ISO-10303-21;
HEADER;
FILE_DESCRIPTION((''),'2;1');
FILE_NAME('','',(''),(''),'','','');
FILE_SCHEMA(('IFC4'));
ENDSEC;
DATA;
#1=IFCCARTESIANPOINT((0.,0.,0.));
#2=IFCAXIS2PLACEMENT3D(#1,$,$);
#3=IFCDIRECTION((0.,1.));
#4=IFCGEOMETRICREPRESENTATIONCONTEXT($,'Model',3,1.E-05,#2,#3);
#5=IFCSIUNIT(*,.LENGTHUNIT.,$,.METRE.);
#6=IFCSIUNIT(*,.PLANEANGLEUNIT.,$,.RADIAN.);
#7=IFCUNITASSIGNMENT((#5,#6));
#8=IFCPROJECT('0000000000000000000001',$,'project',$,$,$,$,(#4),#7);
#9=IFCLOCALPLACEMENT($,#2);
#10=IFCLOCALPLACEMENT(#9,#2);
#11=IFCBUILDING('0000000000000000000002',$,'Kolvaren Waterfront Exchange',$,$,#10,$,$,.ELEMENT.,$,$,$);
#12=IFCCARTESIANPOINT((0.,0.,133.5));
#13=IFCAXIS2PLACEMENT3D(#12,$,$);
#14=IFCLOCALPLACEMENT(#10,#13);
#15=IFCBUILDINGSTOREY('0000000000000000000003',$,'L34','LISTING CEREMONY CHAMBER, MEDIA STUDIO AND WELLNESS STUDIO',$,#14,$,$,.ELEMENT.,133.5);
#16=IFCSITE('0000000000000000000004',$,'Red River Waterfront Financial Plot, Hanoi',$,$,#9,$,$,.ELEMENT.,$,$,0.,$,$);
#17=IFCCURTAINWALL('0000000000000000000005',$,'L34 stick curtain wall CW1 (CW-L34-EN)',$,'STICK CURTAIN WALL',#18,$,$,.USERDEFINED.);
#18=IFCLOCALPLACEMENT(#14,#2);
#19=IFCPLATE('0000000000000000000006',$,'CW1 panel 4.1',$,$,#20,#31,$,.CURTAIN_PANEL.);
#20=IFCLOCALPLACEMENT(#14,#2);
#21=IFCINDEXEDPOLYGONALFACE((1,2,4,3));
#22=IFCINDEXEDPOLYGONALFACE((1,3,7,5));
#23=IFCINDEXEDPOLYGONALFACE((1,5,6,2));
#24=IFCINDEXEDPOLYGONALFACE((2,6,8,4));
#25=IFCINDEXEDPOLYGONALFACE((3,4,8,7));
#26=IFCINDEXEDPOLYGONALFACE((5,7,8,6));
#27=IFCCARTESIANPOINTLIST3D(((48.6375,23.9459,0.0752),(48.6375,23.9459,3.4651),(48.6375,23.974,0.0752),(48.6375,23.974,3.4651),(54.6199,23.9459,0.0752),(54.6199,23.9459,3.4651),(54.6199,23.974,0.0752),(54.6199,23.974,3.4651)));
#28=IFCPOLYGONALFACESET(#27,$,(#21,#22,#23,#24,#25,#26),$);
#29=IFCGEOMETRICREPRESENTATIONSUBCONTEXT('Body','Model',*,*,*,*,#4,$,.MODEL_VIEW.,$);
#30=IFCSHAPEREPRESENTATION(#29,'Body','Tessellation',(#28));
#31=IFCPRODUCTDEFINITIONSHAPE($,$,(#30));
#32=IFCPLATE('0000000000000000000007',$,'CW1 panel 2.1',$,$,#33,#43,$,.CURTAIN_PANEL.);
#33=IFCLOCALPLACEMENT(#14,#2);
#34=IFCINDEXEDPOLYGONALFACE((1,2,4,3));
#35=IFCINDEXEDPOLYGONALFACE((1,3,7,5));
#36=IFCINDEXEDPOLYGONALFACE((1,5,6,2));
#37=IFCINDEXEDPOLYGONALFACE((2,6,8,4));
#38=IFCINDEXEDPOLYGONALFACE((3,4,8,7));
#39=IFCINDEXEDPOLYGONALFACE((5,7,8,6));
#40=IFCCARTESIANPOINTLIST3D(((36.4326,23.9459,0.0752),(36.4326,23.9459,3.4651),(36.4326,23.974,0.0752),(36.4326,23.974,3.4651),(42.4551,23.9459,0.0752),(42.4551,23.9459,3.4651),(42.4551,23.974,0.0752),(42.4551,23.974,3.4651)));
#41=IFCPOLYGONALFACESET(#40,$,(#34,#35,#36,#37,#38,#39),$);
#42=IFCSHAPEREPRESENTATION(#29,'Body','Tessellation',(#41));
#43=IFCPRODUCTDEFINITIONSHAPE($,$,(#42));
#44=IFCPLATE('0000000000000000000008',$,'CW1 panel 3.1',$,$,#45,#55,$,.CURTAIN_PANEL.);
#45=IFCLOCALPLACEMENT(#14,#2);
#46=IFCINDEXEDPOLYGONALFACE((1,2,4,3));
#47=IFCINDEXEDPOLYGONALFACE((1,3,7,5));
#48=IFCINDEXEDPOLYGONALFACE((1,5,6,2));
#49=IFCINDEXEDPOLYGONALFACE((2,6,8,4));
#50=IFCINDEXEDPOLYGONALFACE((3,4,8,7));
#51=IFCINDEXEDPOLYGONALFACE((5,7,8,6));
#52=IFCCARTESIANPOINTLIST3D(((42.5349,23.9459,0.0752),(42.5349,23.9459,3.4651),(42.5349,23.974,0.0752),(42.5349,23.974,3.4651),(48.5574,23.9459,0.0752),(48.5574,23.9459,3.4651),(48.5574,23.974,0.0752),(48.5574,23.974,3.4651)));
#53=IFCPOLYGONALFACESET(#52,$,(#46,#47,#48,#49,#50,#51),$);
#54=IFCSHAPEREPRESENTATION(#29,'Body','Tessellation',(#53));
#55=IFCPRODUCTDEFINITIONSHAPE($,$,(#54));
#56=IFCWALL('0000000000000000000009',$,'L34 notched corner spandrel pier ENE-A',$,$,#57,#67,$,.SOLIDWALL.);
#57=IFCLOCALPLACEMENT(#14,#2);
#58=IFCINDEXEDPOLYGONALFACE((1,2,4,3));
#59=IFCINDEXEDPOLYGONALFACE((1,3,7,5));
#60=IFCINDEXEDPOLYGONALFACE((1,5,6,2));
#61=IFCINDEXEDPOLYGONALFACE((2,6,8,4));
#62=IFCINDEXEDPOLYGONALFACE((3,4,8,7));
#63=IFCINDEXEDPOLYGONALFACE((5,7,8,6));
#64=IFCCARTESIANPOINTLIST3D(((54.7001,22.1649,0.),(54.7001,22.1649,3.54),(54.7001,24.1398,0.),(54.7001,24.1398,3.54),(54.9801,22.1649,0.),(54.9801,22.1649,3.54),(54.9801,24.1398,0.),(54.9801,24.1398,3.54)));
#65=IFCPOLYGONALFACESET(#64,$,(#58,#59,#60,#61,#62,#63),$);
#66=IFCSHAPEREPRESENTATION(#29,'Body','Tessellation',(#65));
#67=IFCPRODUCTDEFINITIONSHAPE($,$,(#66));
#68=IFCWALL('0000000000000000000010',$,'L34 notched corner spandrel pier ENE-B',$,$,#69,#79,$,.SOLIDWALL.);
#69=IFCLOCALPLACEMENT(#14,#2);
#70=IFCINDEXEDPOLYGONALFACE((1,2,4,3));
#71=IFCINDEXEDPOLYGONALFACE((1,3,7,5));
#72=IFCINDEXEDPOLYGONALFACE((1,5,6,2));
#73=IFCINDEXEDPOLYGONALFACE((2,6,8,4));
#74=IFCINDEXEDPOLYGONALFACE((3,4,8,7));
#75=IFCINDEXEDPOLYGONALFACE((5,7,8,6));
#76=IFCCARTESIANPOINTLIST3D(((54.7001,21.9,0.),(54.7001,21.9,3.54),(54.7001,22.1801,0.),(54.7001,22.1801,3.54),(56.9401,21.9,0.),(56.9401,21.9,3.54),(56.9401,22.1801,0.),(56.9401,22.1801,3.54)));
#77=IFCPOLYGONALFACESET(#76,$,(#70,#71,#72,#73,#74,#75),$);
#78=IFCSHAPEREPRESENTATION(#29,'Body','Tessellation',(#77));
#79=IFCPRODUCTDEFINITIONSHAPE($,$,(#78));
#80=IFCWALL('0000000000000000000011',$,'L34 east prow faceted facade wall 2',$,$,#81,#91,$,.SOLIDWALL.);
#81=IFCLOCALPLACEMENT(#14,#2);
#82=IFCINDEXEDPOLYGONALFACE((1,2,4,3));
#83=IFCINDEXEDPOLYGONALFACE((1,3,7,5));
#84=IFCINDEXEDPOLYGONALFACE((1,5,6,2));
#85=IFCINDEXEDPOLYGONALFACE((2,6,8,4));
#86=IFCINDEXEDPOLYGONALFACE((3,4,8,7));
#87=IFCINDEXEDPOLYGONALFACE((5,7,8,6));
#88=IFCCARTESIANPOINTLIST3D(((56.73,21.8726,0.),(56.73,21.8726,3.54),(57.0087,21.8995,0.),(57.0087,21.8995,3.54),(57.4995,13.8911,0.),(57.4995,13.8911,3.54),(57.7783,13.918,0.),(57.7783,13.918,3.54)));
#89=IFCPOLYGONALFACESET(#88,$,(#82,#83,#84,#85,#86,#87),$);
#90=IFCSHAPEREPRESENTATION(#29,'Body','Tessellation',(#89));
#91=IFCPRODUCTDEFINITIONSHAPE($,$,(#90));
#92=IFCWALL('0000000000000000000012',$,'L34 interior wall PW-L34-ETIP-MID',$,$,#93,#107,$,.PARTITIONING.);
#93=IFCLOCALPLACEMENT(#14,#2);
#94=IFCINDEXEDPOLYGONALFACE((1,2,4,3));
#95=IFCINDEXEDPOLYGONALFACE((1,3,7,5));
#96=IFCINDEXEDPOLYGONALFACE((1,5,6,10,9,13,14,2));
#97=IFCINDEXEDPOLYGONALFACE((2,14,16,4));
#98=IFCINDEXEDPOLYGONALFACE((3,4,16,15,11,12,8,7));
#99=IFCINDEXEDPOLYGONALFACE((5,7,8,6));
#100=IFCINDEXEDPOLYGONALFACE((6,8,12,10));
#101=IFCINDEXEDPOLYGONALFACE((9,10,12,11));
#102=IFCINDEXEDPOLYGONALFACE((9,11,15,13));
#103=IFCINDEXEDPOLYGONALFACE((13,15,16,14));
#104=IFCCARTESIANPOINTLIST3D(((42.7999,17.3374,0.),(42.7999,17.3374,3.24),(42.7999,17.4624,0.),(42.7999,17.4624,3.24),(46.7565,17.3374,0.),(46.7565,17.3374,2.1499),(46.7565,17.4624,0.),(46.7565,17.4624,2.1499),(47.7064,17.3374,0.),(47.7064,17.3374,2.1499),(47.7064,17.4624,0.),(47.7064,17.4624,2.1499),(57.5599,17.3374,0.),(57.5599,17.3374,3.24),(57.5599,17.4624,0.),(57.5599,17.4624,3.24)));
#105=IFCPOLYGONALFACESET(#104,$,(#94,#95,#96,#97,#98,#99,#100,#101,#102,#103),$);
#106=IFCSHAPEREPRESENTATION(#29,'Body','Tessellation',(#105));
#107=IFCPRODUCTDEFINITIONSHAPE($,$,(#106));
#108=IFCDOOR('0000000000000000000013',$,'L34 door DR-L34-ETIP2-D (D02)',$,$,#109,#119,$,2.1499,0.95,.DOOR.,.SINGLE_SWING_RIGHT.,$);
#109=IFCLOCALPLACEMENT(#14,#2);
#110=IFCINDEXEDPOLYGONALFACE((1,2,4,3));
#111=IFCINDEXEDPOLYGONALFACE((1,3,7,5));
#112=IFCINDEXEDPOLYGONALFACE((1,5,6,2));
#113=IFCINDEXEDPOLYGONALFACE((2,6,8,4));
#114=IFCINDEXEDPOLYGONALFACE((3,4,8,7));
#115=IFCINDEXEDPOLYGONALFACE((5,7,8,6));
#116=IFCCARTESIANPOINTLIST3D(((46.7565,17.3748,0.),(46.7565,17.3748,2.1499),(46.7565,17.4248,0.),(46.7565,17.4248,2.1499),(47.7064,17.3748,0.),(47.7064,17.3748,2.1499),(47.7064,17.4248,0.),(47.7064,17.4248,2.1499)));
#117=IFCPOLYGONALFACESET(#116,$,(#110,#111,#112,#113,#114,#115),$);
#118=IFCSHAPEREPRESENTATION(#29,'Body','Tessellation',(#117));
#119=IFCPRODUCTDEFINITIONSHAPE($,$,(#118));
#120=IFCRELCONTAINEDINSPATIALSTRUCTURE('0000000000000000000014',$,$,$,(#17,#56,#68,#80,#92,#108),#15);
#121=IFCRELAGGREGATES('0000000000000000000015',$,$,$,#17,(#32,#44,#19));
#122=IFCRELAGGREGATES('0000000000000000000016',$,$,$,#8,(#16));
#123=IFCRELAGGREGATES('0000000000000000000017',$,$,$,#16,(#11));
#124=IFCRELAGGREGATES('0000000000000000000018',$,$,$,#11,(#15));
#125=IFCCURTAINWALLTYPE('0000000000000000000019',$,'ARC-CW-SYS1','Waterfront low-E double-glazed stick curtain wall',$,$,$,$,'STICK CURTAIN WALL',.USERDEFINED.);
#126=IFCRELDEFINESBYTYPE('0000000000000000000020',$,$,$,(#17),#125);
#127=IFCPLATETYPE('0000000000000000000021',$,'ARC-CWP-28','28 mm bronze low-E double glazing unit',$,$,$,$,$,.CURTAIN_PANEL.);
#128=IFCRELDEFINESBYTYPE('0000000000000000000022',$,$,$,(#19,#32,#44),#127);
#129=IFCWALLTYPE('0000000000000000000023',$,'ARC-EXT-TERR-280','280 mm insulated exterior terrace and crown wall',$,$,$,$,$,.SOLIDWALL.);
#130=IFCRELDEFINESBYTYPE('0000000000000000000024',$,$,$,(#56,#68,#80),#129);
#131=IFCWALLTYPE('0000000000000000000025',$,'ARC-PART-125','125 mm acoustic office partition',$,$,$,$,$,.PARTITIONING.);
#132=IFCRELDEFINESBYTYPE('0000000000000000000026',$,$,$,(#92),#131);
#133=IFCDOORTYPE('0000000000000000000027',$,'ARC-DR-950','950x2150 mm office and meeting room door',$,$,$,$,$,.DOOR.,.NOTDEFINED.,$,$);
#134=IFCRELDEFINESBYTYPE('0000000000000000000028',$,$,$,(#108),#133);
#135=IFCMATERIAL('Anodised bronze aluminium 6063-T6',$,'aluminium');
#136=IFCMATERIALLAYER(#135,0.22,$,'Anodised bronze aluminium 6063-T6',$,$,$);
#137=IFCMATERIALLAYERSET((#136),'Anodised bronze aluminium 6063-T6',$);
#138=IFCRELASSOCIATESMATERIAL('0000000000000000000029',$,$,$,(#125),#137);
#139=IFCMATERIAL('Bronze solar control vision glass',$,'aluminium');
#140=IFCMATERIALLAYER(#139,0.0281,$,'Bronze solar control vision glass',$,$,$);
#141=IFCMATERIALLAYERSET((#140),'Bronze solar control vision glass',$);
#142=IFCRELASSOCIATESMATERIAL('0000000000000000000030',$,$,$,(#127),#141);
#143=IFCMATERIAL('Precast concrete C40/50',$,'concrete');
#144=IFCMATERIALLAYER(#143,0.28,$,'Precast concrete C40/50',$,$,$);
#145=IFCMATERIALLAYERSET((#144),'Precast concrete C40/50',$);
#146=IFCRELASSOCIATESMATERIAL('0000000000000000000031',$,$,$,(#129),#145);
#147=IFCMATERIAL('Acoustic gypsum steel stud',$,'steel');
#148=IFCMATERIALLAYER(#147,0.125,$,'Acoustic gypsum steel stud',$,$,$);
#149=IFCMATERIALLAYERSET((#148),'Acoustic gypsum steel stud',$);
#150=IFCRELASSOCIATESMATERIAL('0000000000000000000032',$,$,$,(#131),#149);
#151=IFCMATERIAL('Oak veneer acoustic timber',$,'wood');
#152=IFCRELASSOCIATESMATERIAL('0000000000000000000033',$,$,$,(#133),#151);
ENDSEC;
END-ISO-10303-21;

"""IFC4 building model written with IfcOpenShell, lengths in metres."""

from ifc_helpers import new_model, si_unit, direction, frame, frame_2d, origin, origin_with_axes, origin_2d, place, context, subcontext, project, spatial, rectangle, extrude, source, transform, mapped, material, layer, layer_set, type_object, element, fill, aggregate, save


model = new_model("IFC4")

# Units and contexts
model_context = context("Model", 3, precision=1e-05, world=origin(), true_north=direction((0.0, 1.0)))
body_context = subcontext(model_context, "Body", "Model", "MODEL_VIEW")
ifc_project = project(units=[si_unit("LENGTHUNIT", "METRE"), si_unit("PLANEANGLEUNIT", "RADIAN")], contexts=[model_context])

# Site, building, storey
site_placement = place(None, origin())
site = spatial("IfcSite", under=ifc_project, at=site_placement, Name="Red River Waterfront Financial Plot, Hanoi", CompositionType="ELEMENT", RefElevation=0.0)
building_placement = place(site_placement, origin())
building = spatial("IfcBuilding", under=site, at=building_placement, Name="Kolvaren Waterfront Exchange", CompositionType="ELEMENT")
storey_placement = place(building_placement, frame((0.0, 0.0, 133.5)))
storey = spatial("IfcBuildingStorey", under=building, at=storey_placement, Name="L34", Description="LISTING CEREMONY CHAMBER, MEDIA STUDIO AND WELLNESS STUDIO", CompositionType="ELEMENT", Elevation=133.5)

# Curtain wall, plates
ifc_material_1 = material(Name="Anodised bronze aluminium 6063-T6", Category="aluminium")
ifc_layer_1 = layer(ifc_material_1, 0.22, Name="Anodised bronze aluminium 6063-T6")
ifc_layer_set_1 = layer_set([ifc_layer_1], Name="Anodised bronze aluminium 6063-T6")
curtain_wall_type = type_object("IfcCurtainWallType", Name="ARC-CW-SYS1", Description="Waterfront low-E double-glazed stick curtain wall", ElementType="STICK CURTAIN WALL", PredefinedType="USERDEFINED", material=ifc_layer_set_1)
curtain_wall_placement = place(storey_placement, origin())
curtain_wall = element("IfcCurtainWall", 1, at=curtain_wall_placement, inside=storey, type_object=curtain_wall_type, Name="L34 stick curtain wall CW1 (CW-L34-EN)", ObjectType="STICK CURTAIN WALL", PredefinedType="USERDEFINED")
ifc_material_2 = material(Name="Bronze solar control vision glass", Category="aluminium")
ifc_layer_2 = layer(ifc_material_2, 0.0281, Name="Bronze solar control vision glass")
ifc_layer_set_2 = layer_set([ifc_layer_2], Name="Bronze solar control vision glass")
plate_type = type_object("IfcPlateType", Name="ARC-CWP-28", Description="28 mm bronze low-E double glazing unit", PredefinedType="CURTAIN_PANEL", material=ifc_layer_set_2)
shared_shape_1 = source(origin_with_axes(), body_context, "Body", "SweptSolid", [
    extrude(rectangle(XDim=5.9824, YDim=0.0281, at=origin_2d()), origin(), (0.0, 0.0, 1.0), 3.3899),
])
plate_1_placement = place(storey_placement, frame((51.6287, 23.96, 0.0752), z_axis=(0.0, 0.0, 1.0), x_axis=(1.0, 0.0, 0.0)))
plate_1 = element("IfcPlate", 2, at=plate_1_placement, type_object=plate_type, Name="CW1 panel 4.1", PredefinedType="CURTAIN_PANEL", context=body_context, shape_type="MappedRepresentation", body=[
    mapped(shared_shape_1, transform((0.0, 0.0, 0.0), x_axis=(1.0, 0.0, 0.0), y_axis=(0.0, 1.0, 0.0), z_axis=(0.0, 0.0, 1.0), scale=1.0)),
])
shared_shape_2 = source(origin_with_axes(), body_context, "Body", "SweptSolid", [
    extrude(rectangle(XDim=6.0225, YDim=0.0281, at=origin_2d()), origin(), (0.0, 0.0, 1.0), 3.3899),
])
plate_2_placement = place(storey_placement, frame((39.4438, 23.96, 0.0752), z_axis=(0.0, 0.0, 1.0), x_axis=(1.0, 0.0, 0.0)))
plate_2 = element("IfcPlate", 3, at=plate_2_placement, type_object=plate_type, Name="CW1 panel 2.1", PredefinedType="CURTAIN_PANEL", context=body_context, shape_type="MappedRepresentation", body=[
    mapped(shared_shape_2, transform((0.0, 0.0, 0.0), x_axis=(1.0, 0.0, 0.0), y_axis=(0.0, 1.0, 0.0), z_axis=(0.0, 0.0, 1.0), scale=1.0)),
])
plate_3_placement = place(storey_placement, frame((45.5461, 23.96, 0.0752), z_axis=(0.0, 0.0, 1.0), x_axis=(1.0, 0.0, 0.0)))
plate_3 = element("IfcPlate", 4, at=plate_3_placement, type_object=plate_type, Name="CW1 panel 3.1", PredefinedType="CURTAIN_PANEL", context=body_context, shape_type="MappedRepresentation", body=[
    mapped(shared_shape_2, transform((0.0, 0.0, 0.0), x_axis=(1.0, 0.0, 0.0), y_axis=(0.0, 1.0, 0.0), z_axis=(0.0, 0.0, 1.0), scale=1.0)),
])
aggregate(curtain_wall, [plate_2, plate_3, plate_1])

# Walls
ifc_material_3 = material(Name="Precast concrete C40/50", Category="concrete")
ifc_layer_3 = layer(ifc_material_3, 0.28, Name="Precast concrete C40/50")
ifc_layer_set_3 = layer_set([ifc_layer_3], Name="Precast concrete C40/50")
wall_type_1 = type_object("IfcWallType", Name="ARC-EXT-TERR-280", Description="280 mm insulated exterior terrace and crown wall", PredefinedType="SOLIDWALL", material=ifc_layer_set_3)
wall_1_placement = place(storey_placement, frame((54.8401, 22.165, 0.0), z_axis=(0.0, 0.0, 1.0), x_axis=(0.0, 1.0, 0.0)))
element("IfcWall", 5, at=wall_1_placement, inside=storey, type_object=wall_type_1, Name="L34 notched corner spandrel pier ENE-A", PredefinedType="SOLIDWALL", context=body_context, shape_type="SweptSolid", body=[
    extrude(rectangle(XDim=1.9749, YDim=0.28, at=frame_2d((0.9873, 0.0))), origin(), (0.0, 0.0, 1.0), 3.54),
])
wall_2_placement = place(storey_placement, frame((54.7, 22.04, 0.0), z_axis=(0.0, 0.0, 1.0), x_axis=(1.0, 0.0, 0.0)))
element("IfcWall", 6, at=wall_2_placement, inside=storey, type_object=wall_type_1, Name="L34 notched corner spandrel pier ENE-B", PredefinedType="SOLIDWALL", context=body_context, shape_type="SweptSolid", body=[
    extrude(rectangle(XDim=2.24, YDim=0.28, at=frame_2d((1.1201, 0.0))), origin(), (0.0, 0.0, 1.0), 3.54),
])
wall_3_placement = place(storey_placement, frame((57.6389, 13.9045, 0.0), z_axis=(0.0, 0.0, 1.0), x_axis=(-0.09597, 0.995384, 0.0)))
element("IfcWall", 7, at=wall_3_placement, inside=storey, type_object=wall_type_1, Name="L34 east prow faceted facade wall 2", PredefinedType="SOLIDWALL", context=body_context, shape_type="SweptSolid", body=[
    extrude(rectangle(XDim=8.0186, YDim=0.28, at=frame_2d((4.0093, 0.0))), origin(), (0.0, 0.0, 1.0), 3.54),
])

# Wall, opening, door
ifc_material_4 = material(Name="Acoustic gypsum steel stud", Category="steel")
ifc_layer_4 = layer(ifc_material_4, 0.125, Name="Acoustic gypsum steel stud")
ifc_layer_set_4 = layer_set([ifc_layer_4], Name="Acoustic gypsum steel stud")
wall_type_2 = type_object("IfcWallType", Name="ARC-PART-125", Description="125 mm acoustic office partition", PredefinedType="PARTITIONING", material=ifc_layer_set_4)
wall_4_placement = place(storey_placement, frame((42.8, 17.3999, 0.0), z_axis=(0.0, 0.0, 1.0), x_axis=(1.0, 0.0, 0.0)))
wall_4 = element("IfcWall", 8, at=wall_4_placement, inside=storey, type_object=wall_type_2, Name="L34 interior wall PW-L34-ETIP-MID", PredefinedType="PARTITIONING", context=body_context, shape_type="SweptSolid", body=[
    extrude(rectangle(XDim=14.76, YDim=0.125, at=frame_2d((7.3799, 0.0))), origin(), (0.0, 0.0, 1.0), 3.24),
])
opening_placement = place(wall_4_placement, frame((3.9563, 0.0, 0.0)))
opening = element("IfcOpeningElement", 9, at=opening_placement, cuts=wall_4, PredefinedType="OPENING", context=body_context, shape_type="SweptSolid", body=[
    extrude(rectangle(XDim=0.95, YDim=2.1499, at=frame_2d((0.4751, 1.075))), frame((0.0, 0.0725, 0.0), z_axis=(0.0, -1.0, 0.0), x_axis=(1.0, 0.0, 0.0)), (0.0, 0.0, 1.0), 0.145),
])
ifc_material_5 = material(Name="Oak veneer acoustic timber", Category="wood")
door_type = type_object("IfcDoorType", Name="ARC-DR-950", Description="950x2150 mm office and meeting room door", OperationType="NOTDEFINED", PredefinedType="DOOR", material=ifc_material_5)
door_placement = place(opening_placement, origin())
door = element("IfcDoor", 10, at=door_placement, inside=storey, type_object=door_type, Name="L34 door DR-L34-ETIP2-D (D02)", OperationType="SINGLE_SWING_RIGHT", OverallHeight=2.1499, OverallWidth=0.95, PredefinedType="DOOR", context=body_context, shape_type="SweptSolid", body=[
    extrude(rectangle(XDim=0.95, YDim=2.1499, at=frame_2d((0.4751, 1.075))), frame((0.0, 0.0249, 0.0), z_axis=(0.0, -1.0, 0.0), x_axis=(1.0, 0.0, 0.0)), (0.0, 0.0, 1.0), 0.05),
])
fill(opening, door)

save(model, "model.ifc")
